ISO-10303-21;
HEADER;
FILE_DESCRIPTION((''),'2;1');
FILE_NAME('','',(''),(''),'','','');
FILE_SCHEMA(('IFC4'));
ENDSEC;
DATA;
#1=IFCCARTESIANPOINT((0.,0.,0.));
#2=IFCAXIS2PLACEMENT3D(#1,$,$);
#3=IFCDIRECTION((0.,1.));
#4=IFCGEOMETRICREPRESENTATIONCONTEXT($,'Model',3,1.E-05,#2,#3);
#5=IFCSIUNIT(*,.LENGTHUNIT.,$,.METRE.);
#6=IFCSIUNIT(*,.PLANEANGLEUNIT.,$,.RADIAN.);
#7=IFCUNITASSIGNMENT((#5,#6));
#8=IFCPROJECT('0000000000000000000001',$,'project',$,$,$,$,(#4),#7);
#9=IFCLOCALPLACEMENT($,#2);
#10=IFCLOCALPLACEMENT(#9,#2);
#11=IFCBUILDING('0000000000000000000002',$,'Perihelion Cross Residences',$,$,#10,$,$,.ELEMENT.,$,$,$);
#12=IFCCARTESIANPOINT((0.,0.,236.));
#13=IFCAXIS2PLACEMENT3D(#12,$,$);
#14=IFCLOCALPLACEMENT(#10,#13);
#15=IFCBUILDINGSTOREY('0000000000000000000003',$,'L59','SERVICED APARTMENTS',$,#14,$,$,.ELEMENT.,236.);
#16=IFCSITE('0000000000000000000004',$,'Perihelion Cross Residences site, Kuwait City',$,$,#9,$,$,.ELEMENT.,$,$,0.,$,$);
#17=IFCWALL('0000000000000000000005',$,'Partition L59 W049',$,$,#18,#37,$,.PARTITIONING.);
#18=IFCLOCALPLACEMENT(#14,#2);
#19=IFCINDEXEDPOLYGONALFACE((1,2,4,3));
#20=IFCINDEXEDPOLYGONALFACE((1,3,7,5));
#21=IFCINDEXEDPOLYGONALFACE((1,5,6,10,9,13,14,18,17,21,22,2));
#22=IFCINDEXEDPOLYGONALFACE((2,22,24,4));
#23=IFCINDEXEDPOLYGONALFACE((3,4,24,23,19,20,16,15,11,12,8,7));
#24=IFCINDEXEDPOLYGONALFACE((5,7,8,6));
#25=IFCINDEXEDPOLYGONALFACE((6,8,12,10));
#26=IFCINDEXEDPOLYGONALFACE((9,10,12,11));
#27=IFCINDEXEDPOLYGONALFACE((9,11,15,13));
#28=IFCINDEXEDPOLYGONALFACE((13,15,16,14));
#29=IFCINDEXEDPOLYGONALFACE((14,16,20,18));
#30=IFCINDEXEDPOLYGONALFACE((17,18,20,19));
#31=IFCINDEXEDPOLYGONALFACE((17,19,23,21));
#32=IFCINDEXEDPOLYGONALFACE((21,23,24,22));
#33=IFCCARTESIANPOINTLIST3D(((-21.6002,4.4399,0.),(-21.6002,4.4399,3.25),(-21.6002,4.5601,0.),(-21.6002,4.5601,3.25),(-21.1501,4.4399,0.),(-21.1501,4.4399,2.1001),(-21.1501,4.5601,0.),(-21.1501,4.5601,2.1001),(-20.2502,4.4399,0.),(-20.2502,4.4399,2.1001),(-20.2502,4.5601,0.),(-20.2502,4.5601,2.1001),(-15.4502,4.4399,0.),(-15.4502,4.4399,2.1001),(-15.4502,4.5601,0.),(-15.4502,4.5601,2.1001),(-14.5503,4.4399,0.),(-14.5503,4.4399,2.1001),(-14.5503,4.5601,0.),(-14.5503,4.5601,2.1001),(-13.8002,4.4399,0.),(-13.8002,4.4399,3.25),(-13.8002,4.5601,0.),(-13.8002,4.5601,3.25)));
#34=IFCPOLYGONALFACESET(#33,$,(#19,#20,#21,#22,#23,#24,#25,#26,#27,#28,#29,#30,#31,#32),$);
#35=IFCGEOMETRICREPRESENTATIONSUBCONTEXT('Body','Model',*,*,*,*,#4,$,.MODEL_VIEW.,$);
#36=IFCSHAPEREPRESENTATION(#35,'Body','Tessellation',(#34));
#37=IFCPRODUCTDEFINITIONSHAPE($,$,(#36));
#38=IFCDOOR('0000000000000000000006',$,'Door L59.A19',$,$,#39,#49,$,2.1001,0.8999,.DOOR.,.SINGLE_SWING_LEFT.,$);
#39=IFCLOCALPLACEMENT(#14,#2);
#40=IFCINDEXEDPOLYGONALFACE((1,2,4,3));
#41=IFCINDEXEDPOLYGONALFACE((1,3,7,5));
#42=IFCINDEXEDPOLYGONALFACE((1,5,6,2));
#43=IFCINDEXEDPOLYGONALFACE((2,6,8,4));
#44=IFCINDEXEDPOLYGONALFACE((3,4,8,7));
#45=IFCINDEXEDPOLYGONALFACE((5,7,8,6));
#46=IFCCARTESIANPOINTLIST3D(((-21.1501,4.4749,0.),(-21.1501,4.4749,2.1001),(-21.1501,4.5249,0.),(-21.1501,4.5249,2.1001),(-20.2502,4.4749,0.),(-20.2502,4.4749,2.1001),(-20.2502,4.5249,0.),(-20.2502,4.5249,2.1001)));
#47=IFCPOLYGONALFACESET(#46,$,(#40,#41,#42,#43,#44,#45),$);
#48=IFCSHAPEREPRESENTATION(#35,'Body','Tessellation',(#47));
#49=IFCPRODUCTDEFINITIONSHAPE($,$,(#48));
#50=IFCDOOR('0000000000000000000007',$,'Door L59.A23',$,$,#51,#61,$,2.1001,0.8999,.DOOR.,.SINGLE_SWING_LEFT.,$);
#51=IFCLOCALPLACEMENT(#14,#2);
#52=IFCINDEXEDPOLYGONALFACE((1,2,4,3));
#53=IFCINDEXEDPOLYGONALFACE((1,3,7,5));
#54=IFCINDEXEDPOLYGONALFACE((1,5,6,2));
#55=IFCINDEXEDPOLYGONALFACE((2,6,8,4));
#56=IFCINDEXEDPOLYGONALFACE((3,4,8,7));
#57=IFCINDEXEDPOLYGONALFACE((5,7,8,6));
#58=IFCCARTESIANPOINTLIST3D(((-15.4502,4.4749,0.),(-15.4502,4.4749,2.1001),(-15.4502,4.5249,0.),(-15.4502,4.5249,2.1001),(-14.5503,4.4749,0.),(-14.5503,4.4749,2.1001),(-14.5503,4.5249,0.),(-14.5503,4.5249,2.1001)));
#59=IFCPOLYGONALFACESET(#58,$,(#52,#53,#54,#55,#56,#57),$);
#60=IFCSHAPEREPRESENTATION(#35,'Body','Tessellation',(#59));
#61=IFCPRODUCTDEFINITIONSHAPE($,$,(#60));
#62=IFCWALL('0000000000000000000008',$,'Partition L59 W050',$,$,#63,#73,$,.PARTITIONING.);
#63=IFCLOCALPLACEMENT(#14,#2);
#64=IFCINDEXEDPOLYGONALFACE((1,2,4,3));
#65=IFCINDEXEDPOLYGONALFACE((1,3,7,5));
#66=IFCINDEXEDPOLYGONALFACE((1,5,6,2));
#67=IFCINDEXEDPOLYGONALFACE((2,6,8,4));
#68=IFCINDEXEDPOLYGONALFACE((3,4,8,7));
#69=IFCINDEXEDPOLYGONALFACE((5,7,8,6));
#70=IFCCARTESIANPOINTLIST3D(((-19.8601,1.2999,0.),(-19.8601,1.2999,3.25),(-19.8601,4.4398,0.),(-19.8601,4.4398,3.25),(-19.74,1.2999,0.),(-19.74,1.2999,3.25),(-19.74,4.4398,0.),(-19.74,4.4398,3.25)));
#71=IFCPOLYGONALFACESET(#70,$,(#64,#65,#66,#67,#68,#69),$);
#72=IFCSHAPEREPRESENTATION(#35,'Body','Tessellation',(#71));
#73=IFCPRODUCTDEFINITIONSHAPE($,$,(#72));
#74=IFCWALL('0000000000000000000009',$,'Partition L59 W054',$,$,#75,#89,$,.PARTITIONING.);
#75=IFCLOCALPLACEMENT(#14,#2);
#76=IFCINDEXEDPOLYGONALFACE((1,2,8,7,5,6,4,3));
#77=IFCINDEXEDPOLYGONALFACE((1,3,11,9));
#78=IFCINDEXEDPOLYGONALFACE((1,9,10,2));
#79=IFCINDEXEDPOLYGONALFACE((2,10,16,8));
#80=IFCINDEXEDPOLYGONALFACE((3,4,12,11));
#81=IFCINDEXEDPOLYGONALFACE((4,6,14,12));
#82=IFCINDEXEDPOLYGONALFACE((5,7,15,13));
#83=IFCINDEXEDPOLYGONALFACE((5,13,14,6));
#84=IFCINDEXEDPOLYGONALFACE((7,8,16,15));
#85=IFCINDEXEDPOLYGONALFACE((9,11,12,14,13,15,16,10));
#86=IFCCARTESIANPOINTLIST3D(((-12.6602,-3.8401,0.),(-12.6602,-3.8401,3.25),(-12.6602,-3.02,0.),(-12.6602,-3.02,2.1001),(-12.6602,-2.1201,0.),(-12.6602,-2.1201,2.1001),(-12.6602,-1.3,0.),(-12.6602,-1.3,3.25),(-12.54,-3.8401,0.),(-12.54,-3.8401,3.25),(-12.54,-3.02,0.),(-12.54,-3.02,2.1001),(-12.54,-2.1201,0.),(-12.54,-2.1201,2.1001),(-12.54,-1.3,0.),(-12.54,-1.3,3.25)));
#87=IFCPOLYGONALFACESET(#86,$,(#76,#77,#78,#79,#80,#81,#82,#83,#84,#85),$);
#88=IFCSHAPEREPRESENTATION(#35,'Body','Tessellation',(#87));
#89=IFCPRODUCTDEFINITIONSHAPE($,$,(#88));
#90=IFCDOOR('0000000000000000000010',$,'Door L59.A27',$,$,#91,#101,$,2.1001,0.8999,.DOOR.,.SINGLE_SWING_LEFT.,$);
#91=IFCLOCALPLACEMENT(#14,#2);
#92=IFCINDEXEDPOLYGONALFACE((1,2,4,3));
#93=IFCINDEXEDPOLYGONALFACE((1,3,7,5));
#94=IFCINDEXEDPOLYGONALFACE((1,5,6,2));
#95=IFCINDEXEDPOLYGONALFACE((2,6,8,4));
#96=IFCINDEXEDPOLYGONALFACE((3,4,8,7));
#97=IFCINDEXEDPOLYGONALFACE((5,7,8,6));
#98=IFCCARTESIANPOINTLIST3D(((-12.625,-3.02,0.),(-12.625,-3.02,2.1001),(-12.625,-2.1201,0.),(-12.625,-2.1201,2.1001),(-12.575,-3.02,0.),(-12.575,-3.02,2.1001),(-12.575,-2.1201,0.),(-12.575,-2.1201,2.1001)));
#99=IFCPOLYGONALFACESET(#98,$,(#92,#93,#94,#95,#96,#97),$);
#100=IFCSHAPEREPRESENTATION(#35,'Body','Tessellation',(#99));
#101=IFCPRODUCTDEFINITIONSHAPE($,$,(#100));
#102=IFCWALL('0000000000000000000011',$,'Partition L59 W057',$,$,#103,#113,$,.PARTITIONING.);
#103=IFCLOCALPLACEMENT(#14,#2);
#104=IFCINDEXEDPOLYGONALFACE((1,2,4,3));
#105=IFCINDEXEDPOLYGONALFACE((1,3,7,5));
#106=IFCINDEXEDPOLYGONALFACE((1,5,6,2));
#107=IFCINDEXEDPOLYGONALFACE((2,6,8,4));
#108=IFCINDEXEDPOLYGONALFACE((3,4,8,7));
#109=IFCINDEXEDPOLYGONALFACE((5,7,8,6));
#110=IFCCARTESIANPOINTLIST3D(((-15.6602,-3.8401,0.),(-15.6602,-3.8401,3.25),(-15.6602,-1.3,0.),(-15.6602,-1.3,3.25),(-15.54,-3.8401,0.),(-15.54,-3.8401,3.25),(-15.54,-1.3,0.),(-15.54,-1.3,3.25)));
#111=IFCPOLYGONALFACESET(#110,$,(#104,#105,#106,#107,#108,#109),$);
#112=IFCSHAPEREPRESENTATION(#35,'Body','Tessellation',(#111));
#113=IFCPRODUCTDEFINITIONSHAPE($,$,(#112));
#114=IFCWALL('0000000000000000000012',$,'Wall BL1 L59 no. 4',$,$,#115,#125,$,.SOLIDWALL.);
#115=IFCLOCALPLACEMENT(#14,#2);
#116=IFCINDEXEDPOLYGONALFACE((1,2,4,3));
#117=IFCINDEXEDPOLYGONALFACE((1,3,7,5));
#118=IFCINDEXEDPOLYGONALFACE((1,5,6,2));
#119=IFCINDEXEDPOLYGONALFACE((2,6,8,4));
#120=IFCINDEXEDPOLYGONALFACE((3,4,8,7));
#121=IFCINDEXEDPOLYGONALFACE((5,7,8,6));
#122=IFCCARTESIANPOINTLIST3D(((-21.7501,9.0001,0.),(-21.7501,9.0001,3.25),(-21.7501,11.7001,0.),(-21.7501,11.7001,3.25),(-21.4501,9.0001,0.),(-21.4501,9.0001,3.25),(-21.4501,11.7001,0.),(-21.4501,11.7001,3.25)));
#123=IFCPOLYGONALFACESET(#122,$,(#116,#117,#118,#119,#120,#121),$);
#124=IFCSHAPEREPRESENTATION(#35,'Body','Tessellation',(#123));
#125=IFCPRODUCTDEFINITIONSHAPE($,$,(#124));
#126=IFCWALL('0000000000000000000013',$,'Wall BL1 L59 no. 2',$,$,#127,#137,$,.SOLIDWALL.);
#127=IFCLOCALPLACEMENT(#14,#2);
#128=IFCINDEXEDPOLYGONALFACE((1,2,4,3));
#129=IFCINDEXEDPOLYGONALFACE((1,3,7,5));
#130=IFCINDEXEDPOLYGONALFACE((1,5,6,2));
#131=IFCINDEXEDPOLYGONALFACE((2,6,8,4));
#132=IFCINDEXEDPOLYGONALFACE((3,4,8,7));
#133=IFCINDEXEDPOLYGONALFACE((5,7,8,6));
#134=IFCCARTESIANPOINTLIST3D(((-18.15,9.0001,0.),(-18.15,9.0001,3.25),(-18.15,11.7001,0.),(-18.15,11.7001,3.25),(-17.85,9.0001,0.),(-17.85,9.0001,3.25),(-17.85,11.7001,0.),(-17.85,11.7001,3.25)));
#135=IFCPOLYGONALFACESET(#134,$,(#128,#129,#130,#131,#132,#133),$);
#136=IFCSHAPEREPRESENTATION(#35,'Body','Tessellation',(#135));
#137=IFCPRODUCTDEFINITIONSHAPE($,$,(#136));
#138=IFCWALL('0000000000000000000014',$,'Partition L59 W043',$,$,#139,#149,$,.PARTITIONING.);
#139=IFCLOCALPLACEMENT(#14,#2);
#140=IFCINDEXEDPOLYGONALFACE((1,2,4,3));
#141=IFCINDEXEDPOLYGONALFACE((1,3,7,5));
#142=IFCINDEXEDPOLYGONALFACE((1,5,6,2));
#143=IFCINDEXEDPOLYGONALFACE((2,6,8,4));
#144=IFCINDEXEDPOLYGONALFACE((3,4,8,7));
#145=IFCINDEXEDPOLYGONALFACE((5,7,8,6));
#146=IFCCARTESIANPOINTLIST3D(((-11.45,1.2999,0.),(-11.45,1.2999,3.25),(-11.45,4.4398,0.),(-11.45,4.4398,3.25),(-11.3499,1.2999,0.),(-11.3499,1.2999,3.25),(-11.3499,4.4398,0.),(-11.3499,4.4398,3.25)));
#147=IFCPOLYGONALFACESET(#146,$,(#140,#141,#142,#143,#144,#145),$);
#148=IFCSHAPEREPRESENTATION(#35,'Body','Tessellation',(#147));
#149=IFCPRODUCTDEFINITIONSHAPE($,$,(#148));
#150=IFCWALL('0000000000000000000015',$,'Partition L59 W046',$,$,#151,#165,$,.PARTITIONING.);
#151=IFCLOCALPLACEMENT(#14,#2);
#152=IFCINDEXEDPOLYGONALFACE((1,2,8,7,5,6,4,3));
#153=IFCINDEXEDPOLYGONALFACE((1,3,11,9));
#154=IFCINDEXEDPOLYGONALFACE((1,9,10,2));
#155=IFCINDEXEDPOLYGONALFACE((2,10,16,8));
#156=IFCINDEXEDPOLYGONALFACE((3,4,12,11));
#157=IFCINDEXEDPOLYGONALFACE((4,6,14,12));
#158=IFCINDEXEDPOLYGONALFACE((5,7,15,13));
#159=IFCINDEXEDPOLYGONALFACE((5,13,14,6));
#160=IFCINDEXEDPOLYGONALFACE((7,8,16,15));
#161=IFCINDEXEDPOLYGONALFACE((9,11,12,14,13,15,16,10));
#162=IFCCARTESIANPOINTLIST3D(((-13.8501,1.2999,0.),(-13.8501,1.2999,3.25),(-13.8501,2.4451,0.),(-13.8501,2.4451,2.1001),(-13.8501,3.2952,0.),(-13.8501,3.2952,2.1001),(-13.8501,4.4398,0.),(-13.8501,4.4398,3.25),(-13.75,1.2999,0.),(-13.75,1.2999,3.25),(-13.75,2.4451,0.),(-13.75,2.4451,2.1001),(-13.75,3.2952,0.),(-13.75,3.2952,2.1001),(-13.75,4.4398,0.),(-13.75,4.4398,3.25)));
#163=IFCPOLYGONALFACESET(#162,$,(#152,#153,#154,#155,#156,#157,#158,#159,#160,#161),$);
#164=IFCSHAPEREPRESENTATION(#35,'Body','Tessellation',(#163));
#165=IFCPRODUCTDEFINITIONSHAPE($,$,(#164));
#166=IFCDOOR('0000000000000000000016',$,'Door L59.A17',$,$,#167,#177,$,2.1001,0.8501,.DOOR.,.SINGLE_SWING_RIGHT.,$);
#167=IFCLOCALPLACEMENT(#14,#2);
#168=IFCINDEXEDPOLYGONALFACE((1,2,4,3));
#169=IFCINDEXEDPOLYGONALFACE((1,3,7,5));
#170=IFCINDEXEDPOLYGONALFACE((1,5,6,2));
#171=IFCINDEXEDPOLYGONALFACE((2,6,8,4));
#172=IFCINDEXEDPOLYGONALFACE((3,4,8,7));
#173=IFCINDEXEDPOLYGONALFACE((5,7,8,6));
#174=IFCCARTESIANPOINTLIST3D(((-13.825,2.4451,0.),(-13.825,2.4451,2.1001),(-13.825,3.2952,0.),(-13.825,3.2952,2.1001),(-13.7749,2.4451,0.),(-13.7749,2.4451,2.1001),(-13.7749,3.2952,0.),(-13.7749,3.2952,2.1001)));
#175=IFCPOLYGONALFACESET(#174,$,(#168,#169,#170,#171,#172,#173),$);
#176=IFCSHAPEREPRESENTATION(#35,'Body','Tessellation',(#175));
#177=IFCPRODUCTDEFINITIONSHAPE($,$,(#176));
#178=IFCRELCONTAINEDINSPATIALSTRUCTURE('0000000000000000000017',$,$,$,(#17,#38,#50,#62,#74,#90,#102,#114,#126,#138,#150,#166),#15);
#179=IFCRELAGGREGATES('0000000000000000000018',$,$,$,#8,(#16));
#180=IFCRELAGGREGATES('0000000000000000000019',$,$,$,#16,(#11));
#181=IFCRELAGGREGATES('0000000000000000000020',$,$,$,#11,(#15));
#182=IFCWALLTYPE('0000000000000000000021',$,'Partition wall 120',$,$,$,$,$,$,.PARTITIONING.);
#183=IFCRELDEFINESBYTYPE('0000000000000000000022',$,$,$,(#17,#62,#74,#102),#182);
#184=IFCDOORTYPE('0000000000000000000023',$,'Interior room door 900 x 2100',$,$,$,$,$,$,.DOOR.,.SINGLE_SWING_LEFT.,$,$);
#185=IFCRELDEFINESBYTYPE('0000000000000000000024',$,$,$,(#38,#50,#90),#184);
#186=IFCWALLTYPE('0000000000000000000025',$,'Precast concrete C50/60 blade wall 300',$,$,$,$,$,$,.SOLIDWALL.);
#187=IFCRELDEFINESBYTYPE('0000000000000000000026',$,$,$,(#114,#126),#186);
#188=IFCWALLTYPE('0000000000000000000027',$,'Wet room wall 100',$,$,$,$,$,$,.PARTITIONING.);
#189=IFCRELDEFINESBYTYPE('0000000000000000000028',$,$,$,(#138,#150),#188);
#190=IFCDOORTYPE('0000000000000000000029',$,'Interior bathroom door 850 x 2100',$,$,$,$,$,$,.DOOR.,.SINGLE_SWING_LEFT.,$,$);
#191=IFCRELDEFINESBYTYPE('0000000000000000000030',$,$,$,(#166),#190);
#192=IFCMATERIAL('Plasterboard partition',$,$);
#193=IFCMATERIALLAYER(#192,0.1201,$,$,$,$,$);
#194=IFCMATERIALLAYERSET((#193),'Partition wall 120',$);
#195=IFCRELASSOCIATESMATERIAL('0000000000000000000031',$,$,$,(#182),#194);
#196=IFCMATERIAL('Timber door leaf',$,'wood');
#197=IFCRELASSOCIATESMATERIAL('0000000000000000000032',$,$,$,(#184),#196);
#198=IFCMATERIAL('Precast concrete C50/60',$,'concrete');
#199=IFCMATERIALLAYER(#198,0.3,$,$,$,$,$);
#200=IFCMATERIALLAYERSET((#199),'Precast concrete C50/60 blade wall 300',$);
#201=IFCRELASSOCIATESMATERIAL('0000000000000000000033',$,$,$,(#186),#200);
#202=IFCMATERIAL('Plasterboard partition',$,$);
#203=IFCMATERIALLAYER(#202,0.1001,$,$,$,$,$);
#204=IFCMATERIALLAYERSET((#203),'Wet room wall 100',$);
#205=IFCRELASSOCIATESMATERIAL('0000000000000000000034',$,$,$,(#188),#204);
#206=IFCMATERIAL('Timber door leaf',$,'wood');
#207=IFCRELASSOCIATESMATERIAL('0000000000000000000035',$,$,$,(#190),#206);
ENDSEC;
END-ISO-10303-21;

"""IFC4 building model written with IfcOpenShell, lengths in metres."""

from ifc_helpers import new_model, si_unit, direction, frame, frame_2d, origin, place, context, subcontext, project, spatial, rectangle, extrude, material, layer, layer_set, type_object, element, fill, save


model = new_model("IFC4")

# Units and contexts
model_context = context("Model", 3, precision=1e-05, world=origin(), true_north=direction((0.0, 1.0)))
body_context = subcontext(model_context, "Body", "Model", "MODEL_VIEW")
ifc_project = project(units=[si_unit("LENGTHUNIT", "METRE"), si_unit("PLANEANGLEUNIT", "RADIAN")], contexts=[model_context])

# Site, building, storey
site_placement = place(None, origin())
site = spatial("IfcSite", under=ifc_project, at=site_placement, Name="Perihelion Cross Residences site, Kuwait City", CompositionType="ELEMENT", RefElevation=0.0)
building_placement = place(site_placement, origin())
building = spatial("IfcBuilding", under=site, at=building_placement, Name="Perihelion Cross Residences", CompositionType="ELEMENT")
storey_placement = place(building_placement, frame((0.0, 0.0, 236.0)))
storey = spatial("IfcBuildingStorey", under=building, at=storey_placement, Name="L59", Description="SERVICED APARTMENTS", CompositionType="ELEMENT", Elevation=236.0)

# Shared definitions
ifc_material_1 = material(Name="Plasterboard partition")
ifc_layer_1 = layer(ifc_material_1, 0.1201)
ifc_layer_set_1 = layer_set([ifc_layer_1], Name="Partition wall 120")
wall_type_1 = type_object("IfcWallType", Name="Partition wall 120", PredefinedType="PARTITIONING", material=ifc_layer_set_1)
ifc_material_2 = material(Name="Timber door leaf", Category="wood")
door_type_1 = type_object("IfcDoorType", Name="Interior room door 900 x 2100", OperationType="SINGLE_SWING_LEFT", PredefinedType="DOOR", material=ifc_material_2)

# Wall, openings, doors
wall_1_placement = place(storey_placement, frame((-21.6001, 4.5, 0.0), z_axis=(0.0, 0.0, 1.0), x_axis=(1.0, 0.0, 0.0)))
wall_1 = element("IfcWall", 1, at=wall_1_placement, inside=storey, type_object=wall_type_1, Name="Partition L59 W049", PredefinedType="PARTITIONING", context=body_context, shape_type="SweptSolid", body=[
    extrude(rectangle(XDim=7.8, YDim=0.1201, at=frame_2d((3.8999, 0.0))), origin(), (0.0, 0.0, 1.0), 3.25),
])
opening_1_placement = place(wall_1_placement, frame((0.45, 0.0, 0.0)))
opening_1 = element("IfcOpeningElement", 2, at=opening_1_placement, cuts=wall_1, PredefinedType="OPENING", context=body_context, shape_type="SweptSolid", body=[
    extrude(rectangle(XDim=0.8999, YDim=2.1001, at=frame_2d((0.45, 1.05))), frame((0.0, 0.0701, 0.0), z_axis=(0.0, -1.0, 0.0), x_axis=(1.0, 0.0, 0.0)), (0.0, 0.0, 1.0), 0.1401),
])
opening_2_placement = place(wall_1_placement, frame((6.1499, 0.0, 0.0)))
opening_2 = element("IfcOpeningElement", 3, at=opening_2_placement, cuts=wall_1, PredefinedType="OPENING", context=body_context, shape_type="SweptSolid", body=[
    extrude(rectangle(XDim=0.8999, YDim=2.1001, at=frame_2d((0.45, 1.05))), frame((0.0, 0.0701, 0.0), z_axis=(0.0, -1.0, 0.0), x_axis=(1.0, 0.0, 0.0)), (0.0, 0.0, 1.0), 0.1401),
])
door_1_placement = place(opening_1_placement, origin())
door_1 = element("IfcDoor", 4, at=door_1_placement, inside=storey, type_object=door_type_1, Name="Door L59.A19", OperationType="SINGLE_SWING_LEFT", OverallHeight=2.1001, OverallWidth=0.8999, PredefinedType="DOOR", context=body_context, shape_type="SweptSolid", body=[
    extrude(rectangle(XDim=0.8999, YDim=2.1001, at=frame_2d((0.45, 1.05))), frame((0.0, 0.0249, 0.0), z_axis=(0.0, -1.0, 0.0), x_axis=(1.0, 0.0, 0.0)), (0.0, 0.0, 1.0), 0.05),
])
fill(opening_1, door_1)
door_2_placement = place(opening_2_placement, origin())
door_2 = element("IfcDoor", 5, at=door_2_placement, inside=storey, type_object=door_type_1, Name="Door L59.A23", OperationType="SINGLE_SWING_LEFT", OverallHeight=2.1001, OverallWidth=0.8999, PredefinedType="DOOR", context=body_context, shape_type="SweptSolid", body=[
    extrude(rectangle(XDim=0.8999, YDim=2.1001, at=frame_2d((0.45, 1.05))), frame((0.0, 0.0249, 0.0), z_axis=(0.0, -1.0, 0.0), x_axis=(1.0, 0.0, 0.0)), (0.0, 0.0, 1.0), 0.05),
])
fill(opening_2, door_2)

# Wall
wall_2_placement = place(storey_placement, frame((-19.8, 1.3, 0.0), z_axis=(0.0, 0.0, 1.0), x_axis=(0.0, 1.0, 0.0)))
element("IfcWall", 6, at=wall_2_placement, inside=storey, type_object=wall_type_1, Name="Partition L59 W050", PredefinedType="PARTITIONING", context=body_context, shape_type="SweptSolid", body=[
    extrude(rectangle(XDim=3.1399, YDim=0.1201, at=frame_2d((1.5698, 0.0))), origin(), (0.0, 0.0, 1.0), 3.25),
])

# Wall, opening, door
wall_3_placement = place(storey_placement, frame((-12.6001, -3.8401, 0.0), z_axis=(0.0, 0.0, 1.0), x_axis=(0.0, 1.0, 0.0)))
wall_3 = element("IfcWall", 7, at=wall_3_placement, inside=storey, type_object=wall_type_1, Name="Partition L59 W054", PredefinedType="PARTITIONING", context=body_context, shape_type="SweptSolid", body=[
    extrude(rectangle(XDim=2.54, YDim=0.1201, at=frame_2d((1.27, 0.0))), origin(), (0.0, 0.0, 1.0), 3.25),
])
opening_3_placement = place(wall_3_placement, frame((0.8201, 0.0, 0.0)))
opening_3 = element("IfcOpeningElement", 8, at=opening_3_placement, cuts=wall_3, PredefinedType="OPENING", context=body_context, shape_type="SweptSolid", body=[
    extrude(rectangle(XDim=0.8999, YDim=2.1001, at=frame_2d((0.45, 1.05))), frame((0.0, 0.0701, 0.0), z_axis=(0.0, -1.0, 0.0), x_axis=(1.0, 0.0, 0.0)), (0.0, 0.0, 1.0), 0.1401),
])
door_3_placement = place(opening_3_placement, origin())
door_3 = element("IfcDoor", 9, at=door_3_placement, inside=storey, type_object=door_type_1, Name="Door L59.A27", OperationType="SINGLE_SWING_LEFT", OverallHeight=2.1001, OverallWidth=0.8999, PredefinedType="DOOR", context=body_context, shape_type="SweptSolid", body=[
    extrude(rectangle(XDim=0.8999, YDim=2.1001, at=frame_2d((0.45, 1.05))), frame((0.0, 0.0249, 0.0), z_axis=(0.0, -1.0, 0.0), x_axis=(1.0, 0.0, 0.0)), (0.0, 0.0, 1.0), 0.05),
])
fill(opening_3, door_3)

# Walls
wall_4_placement = place(storey_placement, frame((-15.6001, -3.8401, 0.0), z_axis=(0.0, 0.0, 1.0), x_axis=(0.0, 1.0, 0.0)))
element("IfcWall", 10, at=wall_4_placement, inside=storey, type_object=wall_type_1, Name="Partition L59 W057", PredefinedType="PARTITIONING", context=body_context, shape_type="SweptSolid", body=[
    extrude(rectangle(XDim=2.54, YDim=0.1201, at=frame_2d((1.27, 0.0))), origin(), (0.0, 0.0, 1.0), 3.25),
])
ifc_material_3 = material(Name="Precast concrete C50/60", Category="concrete")
ifc_layer_2 = layer(ifc_material_3, 0.3)
ifc_layer_set_2 = layer_set([ifc_layer_2], Name="Precast concrete C50/60 blade wall 300")
wall_type_2 = type_object("IfcWallType", Name="Precast concrete C50/60 blade wall 300", PredefinedType="SOLIDWALL", material=ifc_layer_set_2)
for number, where, z_axis, x_axis, name in (
    (11, (-21.6001, 9.0, 0.0), (0.0, 0.0, 1.0), (0.0, 1.0, 0.0), "Wall BL1 L59 no. 4"),
    (12, (-18.0, 9.0, 0.0), (0.0, 0.0, 1.0), (0.0, 1.0, 0.0), "Wall BL1 L59 no. 2"),
):
    element("IfcWall", number, at=place(storey_placement, frame(where, z_axis=z_axis, x_axis=x_axis)), inside=storey, type_object=wall_type_2, Name=name, PredefinedType="SOLIDWALL", context=body_context, shape_type="SweptSolid", body=[
        extrude(rectangle(XDim=2.7, YDim=0.3, at=frame_2d((1.3501, 0.0))), origin(), (0.0, 0.0, 1.0), 3.25),
    ])
ifc_material_4 = material(Name="Plasterboard partition")
ifc_layer_3 = layer(ifc_material_4, 0.1001)
ifc_layer_set_3 = layer_set([ifc_layer_3], Name="Wet room wall 100")
wall_type_3 = type_object("IfcWallType", Name="Wet room wall 100", PredefinedType="PARTITIONING", material=ifc_layer_set_3)
wall_5_placement = place(storey_placement, frame((-11.3999, 1.3, 0.0), z_axis=(0.0, 0.0, 1.0), x_axis=(0.0, 1.0, 0.0)))
element("IfcWall", 13, at=wall_5_placement, inside=storey, type_object=wall_type_3, Name="Partition L59 W043", PredefinedType="PARTITIONING", context=body_context, shape_type="SweptSolid", body=[
    extrude(rectangle(XDim=3.1399, YDim=0.1001, at=frame_2d((1.5698, 0.0))), origin(), (0.0, 0.0, 1.0), 3.25),
])

# Wall, opening, door
wall_6_placement = place(storey_placement, frame((-13.8, 1.3, 0.0), z_axis=(0.0, 0.0, 1.0), x_axis=(0.0, 1.0, 0.0)))
wall_6 = element("IfcWall", 14, at=wall_6_placement, inside=storey, type_object=wall_type_3, Name="Partition L59 W046", PredefinedType="PARTITIONING", context=body_context, shape_type="SweptSolid", body=[
    extrude(rectangle(XDim=3.1399, YDim=0.1001, at=frame_2d((1.5698, 0.0))), origin(), (0.0, 0.0, 1.0), 3.25),
])
opening_4_placement = place(wall_6_placement, frame((1.145, 0.0, 0.0)))
opening_4 = element("IfcOpeningElement", 15, at=opening_4_placement, cuts=wall_6, PredefinedType="OPENING", context=body_context, shape_type="SweptSolid", body=[
    extrude(rectangle(XDim=0.8501, YDim=2.1001, at=frame_2d((0.425, 1.05))), frame((0.0, 0.0601, 0.0), z_axis=(0.0, -1.0, 0.0), x_axis=(1.0, 0.0, 0.0)), (0.0, 0.0, 1.0), 0.1201),
])
ifc_material_5 = material(Name="Timber door leaf", Category="wood")
door_type_2 = type_object("IfcDoorType", Name="Interior bathroom door 850 x 2100", OperationType="SINGLE_SWING_LEFT", PredefinedType="DOOR", material=ifc_material_5)
door_4_placement = place(opening_4_placement, origin())
door_4 = element("IfcDoor", 16, at=door_4_placement, inside=storey, type_object=door_type_2, Name="Door L59.A17", OperationType="SINGLE_SWING_RIGHT", OverallHeight=2.1001, OverallWidth=0.8501, PredefinedType="DOOR", context=body_context, shape_type="SweptSolid", body=[
    extrude(rectangle(XDim=0.8501, YDim=2.1001, at=frame_2d((0.425, 1.05))), frame((0.0, 0.0249, 0.0), z_axis=(0.0, -1.0, 0.0), x_axis=(1.0, 0.0, 0.0)), (0.0, 0.0, 1.0), 0.05),
])
fill(opening_4, door_4)

save(model, "model.ifc")
